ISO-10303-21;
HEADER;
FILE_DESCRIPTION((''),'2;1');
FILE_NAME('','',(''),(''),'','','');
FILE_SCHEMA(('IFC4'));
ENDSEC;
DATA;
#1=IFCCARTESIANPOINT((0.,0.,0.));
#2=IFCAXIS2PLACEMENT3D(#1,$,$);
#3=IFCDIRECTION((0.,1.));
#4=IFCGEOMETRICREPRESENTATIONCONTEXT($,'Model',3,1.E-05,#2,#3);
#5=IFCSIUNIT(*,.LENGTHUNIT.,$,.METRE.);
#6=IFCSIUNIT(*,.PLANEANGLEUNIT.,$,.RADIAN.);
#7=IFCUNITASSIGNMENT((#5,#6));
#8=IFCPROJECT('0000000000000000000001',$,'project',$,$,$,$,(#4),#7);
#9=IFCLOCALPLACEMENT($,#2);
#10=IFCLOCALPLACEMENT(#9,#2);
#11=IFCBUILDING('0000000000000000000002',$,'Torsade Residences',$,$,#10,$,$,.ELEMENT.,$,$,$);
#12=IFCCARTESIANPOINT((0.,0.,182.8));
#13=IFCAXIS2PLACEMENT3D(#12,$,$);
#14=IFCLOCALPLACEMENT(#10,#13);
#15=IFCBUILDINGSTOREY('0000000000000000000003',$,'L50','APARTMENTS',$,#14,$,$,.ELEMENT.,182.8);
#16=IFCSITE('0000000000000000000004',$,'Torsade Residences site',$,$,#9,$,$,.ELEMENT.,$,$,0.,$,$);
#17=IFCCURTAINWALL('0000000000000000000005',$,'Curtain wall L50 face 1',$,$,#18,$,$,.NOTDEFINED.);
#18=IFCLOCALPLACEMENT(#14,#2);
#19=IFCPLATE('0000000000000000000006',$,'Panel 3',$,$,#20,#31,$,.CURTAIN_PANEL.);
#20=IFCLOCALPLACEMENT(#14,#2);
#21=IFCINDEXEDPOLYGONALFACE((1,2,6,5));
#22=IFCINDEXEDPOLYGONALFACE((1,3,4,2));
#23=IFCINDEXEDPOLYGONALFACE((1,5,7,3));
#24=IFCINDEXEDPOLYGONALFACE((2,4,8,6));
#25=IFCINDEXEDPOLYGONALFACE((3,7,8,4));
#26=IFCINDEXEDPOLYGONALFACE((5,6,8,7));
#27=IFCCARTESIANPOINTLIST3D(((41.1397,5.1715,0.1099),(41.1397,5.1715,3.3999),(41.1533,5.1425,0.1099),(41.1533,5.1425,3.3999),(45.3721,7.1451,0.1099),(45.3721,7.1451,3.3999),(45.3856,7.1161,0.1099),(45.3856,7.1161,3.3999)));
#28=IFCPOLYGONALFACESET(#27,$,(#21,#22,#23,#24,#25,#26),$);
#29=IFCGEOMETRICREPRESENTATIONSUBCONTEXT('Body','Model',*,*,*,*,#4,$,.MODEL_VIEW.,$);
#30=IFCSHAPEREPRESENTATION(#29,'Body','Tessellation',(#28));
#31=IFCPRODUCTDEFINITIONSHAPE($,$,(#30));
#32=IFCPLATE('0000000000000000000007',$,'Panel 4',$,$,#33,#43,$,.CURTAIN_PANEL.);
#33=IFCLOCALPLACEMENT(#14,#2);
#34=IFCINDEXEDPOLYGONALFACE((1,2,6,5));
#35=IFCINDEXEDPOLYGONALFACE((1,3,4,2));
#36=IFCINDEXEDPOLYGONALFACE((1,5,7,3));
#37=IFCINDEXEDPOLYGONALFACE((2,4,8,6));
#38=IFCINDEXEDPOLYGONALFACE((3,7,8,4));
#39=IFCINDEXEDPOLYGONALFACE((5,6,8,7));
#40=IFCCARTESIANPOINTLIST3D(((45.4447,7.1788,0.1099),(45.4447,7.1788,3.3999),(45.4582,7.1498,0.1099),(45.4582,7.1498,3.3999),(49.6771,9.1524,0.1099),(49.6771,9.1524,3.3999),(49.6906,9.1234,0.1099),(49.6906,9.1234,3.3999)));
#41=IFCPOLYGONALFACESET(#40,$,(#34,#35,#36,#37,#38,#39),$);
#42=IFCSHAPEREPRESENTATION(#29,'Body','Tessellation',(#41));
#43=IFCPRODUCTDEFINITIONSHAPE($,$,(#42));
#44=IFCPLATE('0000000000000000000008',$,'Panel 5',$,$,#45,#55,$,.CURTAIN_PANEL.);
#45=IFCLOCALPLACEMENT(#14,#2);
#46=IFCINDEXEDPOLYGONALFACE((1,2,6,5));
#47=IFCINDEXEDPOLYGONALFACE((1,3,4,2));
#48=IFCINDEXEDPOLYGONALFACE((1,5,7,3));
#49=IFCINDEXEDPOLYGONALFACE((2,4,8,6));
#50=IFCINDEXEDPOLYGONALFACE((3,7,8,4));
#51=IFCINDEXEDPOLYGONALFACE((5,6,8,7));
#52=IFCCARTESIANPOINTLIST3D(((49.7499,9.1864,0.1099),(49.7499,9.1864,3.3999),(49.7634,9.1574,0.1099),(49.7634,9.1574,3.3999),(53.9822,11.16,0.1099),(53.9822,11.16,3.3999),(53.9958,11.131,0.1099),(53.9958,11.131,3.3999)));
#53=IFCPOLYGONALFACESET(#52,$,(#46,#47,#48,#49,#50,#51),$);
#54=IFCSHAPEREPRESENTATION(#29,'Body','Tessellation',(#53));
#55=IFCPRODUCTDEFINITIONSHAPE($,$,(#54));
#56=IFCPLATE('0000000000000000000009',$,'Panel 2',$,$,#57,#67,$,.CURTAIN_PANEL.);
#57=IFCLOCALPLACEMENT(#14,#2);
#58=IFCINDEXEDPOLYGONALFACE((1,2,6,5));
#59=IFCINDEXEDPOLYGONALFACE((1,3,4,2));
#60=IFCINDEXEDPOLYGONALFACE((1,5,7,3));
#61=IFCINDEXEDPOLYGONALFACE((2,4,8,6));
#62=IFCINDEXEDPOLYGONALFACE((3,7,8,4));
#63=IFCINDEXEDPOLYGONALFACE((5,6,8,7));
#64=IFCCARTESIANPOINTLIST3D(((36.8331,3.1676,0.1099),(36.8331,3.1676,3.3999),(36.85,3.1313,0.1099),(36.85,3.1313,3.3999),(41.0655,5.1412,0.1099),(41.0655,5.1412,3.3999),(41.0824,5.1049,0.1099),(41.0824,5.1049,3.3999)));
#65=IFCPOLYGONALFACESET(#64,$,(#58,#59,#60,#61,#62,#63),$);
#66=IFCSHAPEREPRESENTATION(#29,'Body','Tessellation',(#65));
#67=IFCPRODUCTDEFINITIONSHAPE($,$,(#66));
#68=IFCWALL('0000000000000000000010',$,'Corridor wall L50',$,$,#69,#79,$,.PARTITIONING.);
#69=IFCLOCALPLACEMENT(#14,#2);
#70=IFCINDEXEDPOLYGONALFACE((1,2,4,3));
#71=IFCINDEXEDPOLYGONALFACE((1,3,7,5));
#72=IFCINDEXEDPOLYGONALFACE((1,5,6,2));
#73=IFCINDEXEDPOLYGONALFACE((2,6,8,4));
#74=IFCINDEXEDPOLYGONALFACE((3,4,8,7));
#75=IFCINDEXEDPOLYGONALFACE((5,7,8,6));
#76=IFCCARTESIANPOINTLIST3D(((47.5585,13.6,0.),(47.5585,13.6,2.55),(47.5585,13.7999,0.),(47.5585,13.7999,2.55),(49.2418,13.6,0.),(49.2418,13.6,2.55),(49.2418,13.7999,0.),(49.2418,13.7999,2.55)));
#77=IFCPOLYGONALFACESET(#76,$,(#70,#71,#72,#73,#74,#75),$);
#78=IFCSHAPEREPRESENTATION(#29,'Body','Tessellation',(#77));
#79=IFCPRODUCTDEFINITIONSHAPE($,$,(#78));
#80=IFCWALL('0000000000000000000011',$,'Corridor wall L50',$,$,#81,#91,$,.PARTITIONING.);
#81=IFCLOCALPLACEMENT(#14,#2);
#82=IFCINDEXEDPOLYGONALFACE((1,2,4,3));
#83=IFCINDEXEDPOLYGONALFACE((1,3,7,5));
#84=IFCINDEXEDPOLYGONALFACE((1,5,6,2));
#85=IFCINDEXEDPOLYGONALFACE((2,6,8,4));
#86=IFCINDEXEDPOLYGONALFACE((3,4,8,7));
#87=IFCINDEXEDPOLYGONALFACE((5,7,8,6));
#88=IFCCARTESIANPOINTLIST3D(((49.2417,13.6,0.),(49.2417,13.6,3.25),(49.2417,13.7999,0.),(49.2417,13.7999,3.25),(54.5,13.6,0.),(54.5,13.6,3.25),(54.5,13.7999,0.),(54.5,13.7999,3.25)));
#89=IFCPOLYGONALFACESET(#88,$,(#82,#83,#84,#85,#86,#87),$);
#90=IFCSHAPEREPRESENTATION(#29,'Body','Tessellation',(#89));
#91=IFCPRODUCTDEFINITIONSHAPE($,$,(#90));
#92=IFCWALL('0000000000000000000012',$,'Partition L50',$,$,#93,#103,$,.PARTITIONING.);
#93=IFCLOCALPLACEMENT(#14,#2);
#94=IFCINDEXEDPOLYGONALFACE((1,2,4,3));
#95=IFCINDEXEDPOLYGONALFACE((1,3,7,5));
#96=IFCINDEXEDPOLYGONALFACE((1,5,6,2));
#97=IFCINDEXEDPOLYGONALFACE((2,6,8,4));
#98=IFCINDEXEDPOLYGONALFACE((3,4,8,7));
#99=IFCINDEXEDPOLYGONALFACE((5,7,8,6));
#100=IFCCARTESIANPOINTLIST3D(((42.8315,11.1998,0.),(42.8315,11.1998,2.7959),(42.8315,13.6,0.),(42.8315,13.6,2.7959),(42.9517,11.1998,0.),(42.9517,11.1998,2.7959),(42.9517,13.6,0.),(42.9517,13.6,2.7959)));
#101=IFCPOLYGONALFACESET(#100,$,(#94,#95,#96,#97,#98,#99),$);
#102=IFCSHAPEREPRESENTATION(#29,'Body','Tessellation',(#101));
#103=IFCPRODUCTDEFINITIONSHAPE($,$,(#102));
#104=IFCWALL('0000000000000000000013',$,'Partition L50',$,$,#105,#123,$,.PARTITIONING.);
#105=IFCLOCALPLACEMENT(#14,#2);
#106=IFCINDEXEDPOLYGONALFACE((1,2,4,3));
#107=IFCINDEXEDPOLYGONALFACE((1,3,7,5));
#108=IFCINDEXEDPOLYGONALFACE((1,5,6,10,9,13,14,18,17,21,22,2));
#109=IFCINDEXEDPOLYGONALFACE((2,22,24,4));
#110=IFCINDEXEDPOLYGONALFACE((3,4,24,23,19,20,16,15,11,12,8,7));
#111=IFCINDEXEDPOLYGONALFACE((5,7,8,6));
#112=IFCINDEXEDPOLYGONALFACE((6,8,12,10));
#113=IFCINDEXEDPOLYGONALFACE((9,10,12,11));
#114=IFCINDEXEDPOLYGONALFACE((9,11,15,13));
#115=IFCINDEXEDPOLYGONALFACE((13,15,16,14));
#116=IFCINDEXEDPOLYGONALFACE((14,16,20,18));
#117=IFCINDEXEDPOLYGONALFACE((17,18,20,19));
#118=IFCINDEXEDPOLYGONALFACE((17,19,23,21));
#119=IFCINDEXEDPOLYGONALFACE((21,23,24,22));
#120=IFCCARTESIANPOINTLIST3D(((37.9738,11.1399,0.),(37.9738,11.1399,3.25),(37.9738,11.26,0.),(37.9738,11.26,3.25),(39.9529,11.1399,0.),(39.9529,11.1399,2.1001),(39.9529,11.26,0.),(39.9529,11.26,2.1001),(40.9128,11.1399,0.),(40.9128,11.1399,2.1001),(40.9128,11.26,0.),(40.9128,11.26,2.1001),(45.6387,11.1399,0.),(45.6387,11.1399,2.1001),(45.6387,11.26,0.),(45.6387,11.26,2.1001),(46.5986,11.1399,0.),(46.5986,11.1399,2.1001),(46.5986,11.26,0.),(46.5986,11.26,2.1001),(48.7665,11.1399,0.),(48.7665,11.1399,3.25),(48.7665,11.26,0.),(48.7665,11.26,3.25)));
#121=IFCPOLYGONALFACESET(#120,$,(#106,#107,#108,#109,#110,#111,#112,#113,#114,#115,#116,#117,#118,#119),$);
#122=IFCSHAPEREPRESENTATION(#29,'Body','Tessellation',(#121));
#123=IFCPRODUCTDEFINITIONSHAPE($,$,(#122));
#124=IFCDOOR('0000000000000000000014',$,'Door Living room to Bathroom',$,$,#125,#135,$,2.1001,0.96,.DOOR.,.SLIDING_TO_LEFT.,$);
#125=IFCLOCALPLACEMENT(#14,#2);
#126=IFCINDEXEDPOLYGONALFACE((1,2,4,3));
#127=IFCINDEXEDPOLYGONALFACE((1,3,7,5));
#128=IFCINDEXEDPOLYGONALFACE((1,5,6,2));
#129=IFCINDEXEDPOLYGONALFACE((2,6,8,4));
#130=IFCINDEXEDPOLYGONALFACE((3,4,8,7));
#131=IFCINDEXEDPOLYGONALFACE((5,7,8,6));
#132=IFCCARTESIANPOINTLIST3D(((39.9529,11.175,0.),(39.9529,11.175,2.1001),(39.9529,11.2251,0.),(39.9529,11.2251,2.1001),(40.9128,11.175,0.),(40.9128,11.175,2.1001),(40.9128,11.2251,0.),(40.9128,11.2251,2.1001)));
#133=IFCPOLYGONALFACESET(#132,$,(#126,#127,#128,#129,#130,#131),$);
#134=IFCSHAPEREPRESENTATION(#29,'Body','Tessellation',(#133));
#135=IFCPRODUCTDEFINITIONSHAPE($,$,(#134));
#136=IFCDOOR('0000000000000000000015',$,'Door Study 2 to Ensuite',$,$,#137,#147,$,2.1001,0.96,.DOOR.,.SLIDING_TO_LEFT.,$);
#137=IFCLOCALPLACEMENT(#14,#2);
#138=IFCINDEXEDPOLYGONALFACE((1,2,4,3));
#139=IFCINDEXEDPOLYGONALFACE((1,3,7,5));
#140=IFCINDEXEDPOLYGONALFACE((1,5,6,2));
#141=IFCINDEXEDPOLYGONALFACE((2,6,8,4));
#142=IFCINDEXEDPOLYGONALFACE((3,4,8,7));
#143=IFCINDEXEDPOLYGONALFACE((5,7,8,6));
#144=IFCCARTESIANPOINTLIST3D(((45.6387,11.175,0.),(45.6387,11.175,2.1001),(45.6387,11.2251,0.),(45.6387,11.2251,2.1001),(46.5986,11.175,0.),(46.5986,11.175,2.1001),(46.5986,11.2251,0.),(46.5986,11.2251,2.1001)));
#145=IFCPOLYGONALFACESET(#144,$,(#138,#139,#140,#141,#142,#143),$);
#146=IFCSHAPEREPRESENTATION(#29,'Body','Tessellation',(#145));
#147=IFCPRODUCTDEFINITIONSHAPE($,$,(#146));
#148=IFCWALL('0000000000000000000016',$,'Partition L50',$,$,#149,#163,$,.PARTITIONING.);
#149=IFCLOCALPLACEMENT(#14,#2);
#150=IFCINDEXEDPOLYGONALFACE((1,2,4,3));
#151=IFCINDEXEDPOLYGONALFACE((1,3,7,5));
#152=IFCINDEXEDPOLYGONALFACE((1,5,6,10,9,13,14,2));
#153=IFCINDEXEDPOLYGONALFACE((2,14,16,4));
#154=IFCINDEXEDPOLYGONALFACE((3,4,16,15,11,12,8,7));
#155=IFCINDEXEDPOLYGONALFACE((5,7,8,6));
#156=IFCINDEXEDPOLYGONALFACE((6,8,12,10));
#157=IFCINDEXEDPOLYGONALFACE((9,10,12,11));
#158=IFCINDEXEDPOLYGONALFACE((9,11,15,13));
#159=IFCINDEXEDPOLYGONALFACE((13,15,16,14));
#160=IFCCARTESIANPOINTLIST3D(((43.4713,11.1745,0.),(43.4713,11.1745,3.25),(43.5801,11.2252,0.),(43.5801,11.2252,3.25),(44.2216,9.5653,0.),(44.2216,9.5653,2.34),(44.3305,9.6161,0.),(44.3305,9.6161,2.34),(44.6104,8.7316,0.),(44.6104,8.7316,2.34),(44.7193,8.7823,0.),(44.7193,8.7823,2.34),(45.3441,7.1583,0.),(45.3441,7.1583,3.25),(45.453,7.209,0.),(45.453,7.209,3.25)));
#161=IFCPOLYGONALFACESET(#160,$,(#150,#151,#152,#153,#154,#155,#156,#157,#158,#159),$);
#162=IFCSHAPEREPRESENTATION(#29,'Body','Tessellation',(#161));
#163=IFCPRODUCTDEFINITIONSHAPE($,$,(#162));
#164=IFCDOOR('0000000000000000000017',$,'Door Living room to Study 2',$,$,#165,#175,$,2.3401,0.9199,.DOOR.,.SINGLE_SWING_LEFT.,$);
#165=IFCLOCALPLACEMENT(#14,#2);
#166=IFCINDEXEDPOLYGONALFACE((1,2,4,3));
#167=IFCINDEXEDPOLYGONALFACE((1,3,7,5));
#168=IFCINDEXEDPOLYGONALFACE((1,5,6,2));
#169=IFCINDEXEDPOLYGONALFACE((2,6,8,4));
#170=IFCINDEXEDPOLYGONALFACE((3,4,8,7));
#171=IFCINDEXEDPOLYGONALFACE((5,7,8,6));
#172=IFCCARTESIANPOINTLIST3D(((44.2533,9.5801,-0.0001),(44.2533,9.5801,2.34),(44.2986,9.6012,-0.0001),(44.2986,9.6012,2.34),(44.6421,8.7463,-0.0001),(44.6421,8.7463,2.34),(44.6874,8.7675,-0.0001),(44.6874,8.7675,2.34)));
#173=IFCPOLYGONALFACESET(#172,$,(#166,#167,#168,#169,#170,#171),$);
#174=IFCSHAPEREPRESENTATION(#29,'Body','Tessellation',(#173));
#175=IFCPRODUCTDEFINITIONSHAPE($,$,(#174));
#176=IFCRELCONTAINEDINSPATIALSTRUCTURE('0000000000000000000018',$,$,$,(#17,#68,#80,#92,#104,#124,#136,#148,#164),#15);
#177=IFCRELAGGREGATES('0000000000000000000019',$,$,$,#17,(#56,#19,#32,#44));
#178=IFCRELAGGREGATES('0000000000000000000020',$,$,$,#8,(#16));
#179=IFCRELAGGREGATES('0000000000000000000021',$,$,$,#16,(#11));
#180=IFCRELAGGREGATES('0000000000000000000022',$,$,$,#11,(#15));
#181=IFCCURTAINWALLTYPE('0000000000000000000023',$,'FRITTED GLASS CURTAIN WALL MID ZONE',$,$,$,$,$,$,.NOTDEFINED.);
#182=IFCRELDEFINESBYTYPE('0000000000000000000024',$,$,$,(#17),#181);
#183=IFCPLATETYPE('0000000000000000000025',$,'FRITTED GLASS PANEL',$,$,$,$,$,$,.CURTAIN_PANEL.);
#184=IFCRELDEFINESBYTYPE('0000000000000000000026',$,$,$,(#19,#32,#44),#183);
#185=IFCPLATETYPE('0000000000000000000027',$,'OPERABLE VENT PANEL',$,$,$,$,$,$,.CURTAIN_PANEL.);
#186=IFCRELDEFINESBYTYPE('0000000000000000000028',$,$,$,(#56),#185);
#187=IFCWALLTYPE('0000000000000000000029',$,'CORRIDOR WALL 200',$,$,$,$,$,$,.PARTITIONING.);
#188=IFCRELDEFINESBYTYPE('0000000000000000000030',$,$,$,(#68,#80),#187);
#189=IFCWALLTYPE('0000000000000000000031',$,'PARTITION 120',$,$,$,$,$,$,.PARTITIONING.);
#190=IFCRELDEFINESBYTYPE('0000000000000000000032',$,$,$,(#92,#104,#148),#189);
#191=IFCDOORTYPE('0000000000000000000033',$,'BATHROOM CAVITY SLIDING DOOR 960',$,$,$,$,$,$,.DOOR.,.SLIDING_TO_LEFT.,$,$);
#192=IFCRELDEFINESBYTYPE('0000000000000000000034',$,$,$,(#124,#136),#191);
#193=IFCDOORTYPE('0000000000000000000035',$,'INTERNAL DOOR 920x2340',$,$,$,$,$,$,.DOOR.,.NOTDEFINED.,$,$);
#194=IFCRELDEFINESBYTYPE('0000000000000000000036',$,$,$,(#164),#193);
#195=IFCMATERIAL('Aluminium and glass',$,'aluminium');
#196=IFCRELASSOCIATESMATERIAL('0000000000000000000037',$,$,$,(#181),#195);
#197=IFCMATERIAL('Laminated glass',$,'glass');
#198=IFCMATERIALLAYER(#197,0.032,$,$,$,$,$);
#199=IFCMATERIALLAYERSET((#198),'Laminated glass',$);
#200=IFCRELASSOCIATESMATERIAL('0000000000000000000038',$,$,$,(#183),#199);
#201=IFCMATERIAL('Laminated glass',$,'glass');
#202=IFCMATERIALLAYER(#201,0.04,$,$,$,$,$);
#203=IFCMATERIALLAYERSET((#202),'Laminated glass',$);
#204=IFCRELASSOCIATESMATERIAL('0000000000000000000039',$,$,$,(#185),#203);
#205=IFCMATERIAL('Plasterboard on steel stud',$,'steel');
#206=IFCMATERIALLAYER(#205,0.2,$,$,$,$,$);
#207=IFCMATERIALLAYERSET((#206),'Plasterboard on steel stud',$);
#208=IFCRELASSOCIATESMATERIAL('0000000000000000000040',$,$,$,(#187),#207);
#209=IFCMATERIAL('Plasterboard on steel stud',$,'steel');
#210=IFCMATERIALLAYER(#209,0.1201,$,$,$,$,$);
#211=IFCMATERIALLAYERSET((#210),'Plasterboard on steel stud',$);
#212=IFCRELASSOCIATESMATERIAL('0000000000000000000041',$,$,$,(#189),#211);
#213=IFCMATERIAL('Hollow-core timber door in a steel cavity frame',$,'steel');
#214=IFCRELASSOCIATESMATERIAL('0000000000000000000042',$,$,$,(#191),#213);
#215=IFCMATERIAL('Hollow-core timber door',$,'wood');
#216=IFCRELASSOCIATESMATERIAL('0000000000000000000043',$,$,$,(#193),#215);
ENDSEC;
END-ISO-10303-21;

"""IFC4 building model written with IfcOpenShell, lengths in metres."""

from ifc_helpers import new_model, si_unit, direction, frame, frame_2d, origin, origin_2d, place, context, subcontext, project, spatial, rectangle, extrude, material, layer, layer_set, type_object, element, fill, aggregate, save


model = new_model("IFC4")

# Units and contexts
model_context = context("Model", 3, precision=1e-05, world=origin(), true_north=direction((0.0, 1.0)))
body_context = subcontext(model_context, "Body", "Model", "MODEL_VIEW")
ifc_project = project(units=[si_unit("LENGTHUNIT", "METRE"), si_unit("PLANEANGLEUNIT", "RADIAN")], contexts=[model_context])

# Site, building, storey
site_placement = place(None, origin())
site = spatial("IfcSite", under=ifc_project, at=site_placement, Name="Torsade Residences site", CompositionType="ELEMENT", RefElevation=0.0)
building_placement = place(site_placement, origin())
building = spatial("IfcBuilding", under=site, at=building_placement, Name="Torsade Residences", CompositionType="ELEMENT")
storey_placement = place(building_placement, frame((0.0, 0.0, 182.8)))
storey = spatial("IfcBuildingStorey", under=building, at=storey_placement, Name="L50", Description="APARTMENTS", CompositionType="ELEMENT", Elevation=182.8)

# Curtain wall
ifc_material_1 = material(Name="Aluminium and glass", Category="aluminium")
curtain_wall_type = type_object("IfcCurtainWallType", Name="FRITTED GLASS CURTAIN WALL MID ZONE", PredefinedType="NOTDEFINED", material=ifc_material_1)
curtain_wall_placement = place(storey_placement, origin())
curtain_wall = element("IfcCurtainWall", 1, at=curtain_wall_placement, inside=storey, type_object=curtain_wall_type, Name="Curtain wall L50 face 1", PredefinedType="NOTDEFINED")

# Plates
ifc_material_2 = material(Name="Laminated glass", Category="glass")
ifc_layer_1 = layer(ifc_material_2, 0.032)
ifc_layer_set_1 = layer_set([ifc_layer_1], Name="Laminated glass")
plate_type_1 = type_object("IfcPlateType", Name="FRITTED GLASS PANEL", PredefinedType="CURTAIN_PANEL", material=ifc_layer_set_1)
plate_1_placement = place(storey_placement, frame((43.2627, 6.1438, 0.1099), z_axis=(0.0, 0.0, 1.0), x_axis=(0.906308, 0.422618, 0.0)))
plate_1 = element("IfcPlate", 2, at=plate_1_placement, type_object=plate_type_1, Name="Panel 3", PredefinedType="CURTAIN_PANEL", context=body_context, shape_type="SweptSolid", body=[
    extrude(rectangle(XDim=4.6699, YDim=0.032, at=origin_2d()), origin(), (0.0, 0.0, 1.0), 3.29),
])
plate_2_placement = place(storey_placement, frame((47.5676, 8.1511, 0.1099), z_axis=(0.0, 0.0, 1.0), x_axis=(0.906308, 0.422618, 0.0)))
plate_2 = element("IfcPlate", 3, at=plate_2_placement, type_object=plate_type_1, Name="Panel 4", PredefinedType="CURTAIN_PANEL", context=body_context, shape_type="SweptSolid", body=[
    extrude(rectangle(XDim=4.6699, YDim=0.032, at=origin_2d()), origin(), (0.0, 0.0, 1.0), 3.29),
])
plate_3_placement = place(storey_placement, frame((51.8728, 10.1587, 0.1099), z_axis=(0.0, 0.0, 1.0), x_axis=(0.906308, 0.422618, 0.0)))
plate_3 = element("IfcPlate", 4, at=plate_3_placement, type_object=plate_type_1, Name="Panel 5", PredefinedType="CURTAIN_PANEL", context=body_context, shape_type="SweptSolid", body=[
    extrude(rectangle(XDim=4.6699, YDim=0.032, at=origin_2d()), origin(), (0.0, 0.0, 1.0), 3.29),
])
ifc_material_3 = material(Name="Laminated glass", Category="glass")
ifc_layer_2 = layer(ifc_material_3, 0.04)
ifc_layer_set_2 = layer_set([ifc_layer_2], Name="Laminated glass")
plate_type_2 = type_object("IfcPlateType", Name="OPERABLE VENT PANEL", PredefinedType="CURTAIN_PANEL", material=ifc_layer_set_2)
plate_4_placement = place(storey_placement, frame((38.9578, 4.1362, 0.1099), z_axis=(0.0, 0.0, 1.0), x_axis=(0.906308, 0.422618, 0.0)))
plate_4 = element("IfcPlate", 5, at=plate_4_placement, type_object=plate_type_2, Name="Panel 2", PredefinedType="CURTAIN_PANEL", context=body_context, shape_type="SweptSolid", body=[
    extrude(rectangle(XDim=4.6699, YDim=0.04, at=origin_2d()), origin(), (0.0, 0.0, 1.0), 3.29),
])
aggregate(curtain_wall, [plate_4, plate_1, plate_2, plate_3])

# Walls
ifc_material_4 = material(Name="Plasterboard on steel stud", Category="steel")
ifc_layer_3 = layer(ifc_material_4, 0.2)
ifc_layer_set_3 = layer_set([ifc_layer_3], Name="Plasterboard on steel stud")
wall_type_1 = type_object("IfcWallType", Name="CORRIDOR WALL 200", PredefinedType="PARTITIONING", material=ifc_layer_set_3)
wall_1_placement = place(storey_placement, frame((47.5583, 13.7, 0.0), z_axis=(0.0, 0.0, 1.0), x_axis=(1.0, 0.0, 0.0)))
element("IfcWall", 6, at=wall_1_placement, inside=storey, type_object=wall_type_1, Name="Corridor wall L50", PredefinedType="PARTITIONING", context=body_context, shape_type="SweptSolid", body=[
    extrude(rectangle(XDim=1.6833, YDim=0.2, at=frame_2d((0.8418, 0.0))), origin(), (0.0, 0.0, 1.0), 2.55),
])
wall_2_placement = place(storey_placement, frame((49.2417, 13.7, 0.0), z_axis=(0.0, 0.0, 1.0), x_axis=(1.0, 0.0, 0.0)))
element("IfcWall", 7, at=wall_2_placement, inside=storey, type_object=wall_type_1, Name="Corridor wall L50", PredefinedType="PARTITIONING", context=body_context, shape_type="SweptSolid", body=[
    extrude(rectangle(XDim=5.2583, YDim=0.2, at=frame_2d((2.6292, 0.0))), origin(), (0.0, 0.0, 1.0), 3.25),
])
ifc_material_5 = material(Name="Plasterboard on steel stud", Category="steel")
ifc_layer_4 = layer(ifc_material_5, 0.1201)
ifc_layer_set_4 = layer_set([ifc_layer_4], Name="Plasterboard on steel stud")
wall_type_2 = type_object("IfcWallType", Name="PARTITION 120", PredefinedType="PARTITIONING", material=ifc_layer_set_4)
wall_3_placement = place(storey_placement, frame((42.8916, 13.6001, 0.0), z_axis=(0.0, 0.0, 1.0), x_axis=(0.0, -1.0, 0.0)))
element("IfcWall", 8, at=wall_3_placement, inside=storey, type_object=wall_type_2, Name="Partition L50", PredefinedType="PARTITIONING", context=body_context, shape_type="SweptSolid", body=[
    extrude(rectangle(XDim=2.4001, YDim=0.1201, at=frame_2d((1.2002, 0.0))), origin(), (0.0, 0.0, 1.0), 2.7959),
])

# Wall, openings, doors
wall_4_placement = place(storey_placement, frame((48.7666, 11.2, 0.0), z_axis=(0.0, 0.0, 1.0), x_axis=(-1.0, 0.0, 0.0)))
wall_4 = element("IfcWall", 9, at=wall_4_placement, inside=storey, type_object=wall_type_2, Name="Partition L50", PredefinedType="PARTITIONING", context=body_context, shape_type="SweptSolid", body=[
    extrude(rectangle(XDim=10.7927, YDim=0.1201, at=frame_2d((5.3965, 0.0))), origin(), (0.0, 0.0, 1.0), 3.25),
])
opening_1_placement = place(wall_4_placement, frame((7.8538, 0.0, 0.0)))
opening_1 = element("IfcOpeningElement", 10, at=opening_1_placement, cuts=wall_4, PredefinedType="OPENING", context=body_context, shape_type="SweptSolid", body=[
    extrude(rectangle(XDim=0.96, YDim=2.1001, at=frame_2d((0.48, 1.05))), frame((0.0, 0.0701, 0.0), z_axis=(0.0, -1.0, 0.0), x_axis=(1.0, 0.0, 0.0)), (0.0, 0.0, 1.0), 0.1401),
])
opening_2_placement = place(wall_4_placement, frame((2.168, 0.0, 0.0)))
opening_2 = element("IfcOpeningElement", 11, at=opening_2_placement, cuts=wall_4, PredefinedType="OPENING", context=body_context, shape_type="SweptSolid", body=[
    extrude(rectangle(XDim=0.96, YDim=2.1001, at=frame_2d((0.48, 1.05))), frame((0.0, 0.0701, 0.0), z_axis=(0.0, -1.0, 0.0), x_axis=(1.0, 0.0, 0.0)), (0.0, 0.0, 1.0), 0.1401),
])
ifc_material_6 = material(Name="Hollow-core timber door in a steel cavity frame", Category="steel")
door_type_1 = type_object("IfcDoorType", Name="BATHROOM CAVITY SLIDING DOOR 960", OperationType="SLIDING_TO_LEFT", PredefinedType="DOOR", material=ifc_material_6)
door_1_placement = place(opening_1_placement, origin())
door_1 = element("IfcDoor", 12, at=door_1_placement, inside=storey, type_object=door_type_1, Name="Door Living room to Bathroom", OperationType="SLIDING_TO_LEFT", OverallHeight=2.1001, OverallWidth=0.96, PredefinedType="DOOR", context=body_context, shape_type="SweptSolid", body=[
    extrude(rectangle(XDim=0.96, YDim=2.1001, at=frame_2d((0.48, 1.05))), frame((0.0, 0.0249, 0.0), z_axis=(0.0, -1.0, 0.0), x_axis=(1.0, 0.0, 0.0)), (0.0, 0.0, 1.0), 0.05),
])
fill(opening_1, door_1)
door_2_placement = place(opening_2_placement, origin())
door_2 = element("IfcDoor", 13, at=door_2_placement, inside=storey, type_object=door_type_1, Name="Door Study 2 to Ensuite", OperationType="SLIDING_TO_LEFT", OverallHeight=2.1001, OverallWidth=0.96, PredefinedType="DOOR", context=body_context, shape_type="SweptSolid", body=[
    extrude(rectangle(XDim=0.96, YDim=2.1001, at=frame_2d((0.48, 1.05))), frame((0.0, 0.0249, 0.0), z_axis=(0.0, -1.0, 0.0), x_axis=(1.0, 0.0, 0.0)), (0.0, 0.0, 1.0), 0.05),
])
fill(opening_2, door_2)

# Wall, opening, door
wall_5_placement = place(storey_placement, frame((43.5256, 11.2, 0.0), z_axis=(0.0, 0.0, 1.0), x_axis=(0.422629, -0.906303, 0.0)))
wall_5 = element("IfcWall", 14, at=wall_5_placement, inside=storey, type_object=wall_type_2, Name="Partition L50", PredefinedType="PARTITIONING", context=body_context, shape_type="SweptSolid", body=[
    extrude(rectangle(XDim=4.4314, YDim=0.1201, at=frame_2d((2.2158, 0.0))), origin(), (0.0, 0.0, 1.0), 3.25),
])
opening_3_placement = place(wall_5_placement, frame((1.7756, 0.0, 0.0)))
opening_3 = element("IfcOpeningElement", 15, at=opening_3_placement, cuts=wall_5, PredefinedType="OPENING", context=body_context, shape_type="SweptSolid", body=[
    extrude(rectangle(XDim=0.9199, YDim=2.3401, at=frame_2d((0.46, 1.1699))), frame((0.0, 0.0701, 0.0), z_axis=(0.0, -1.0, 0.0), x_axis=(1.0, 0.0, 0.0)), (0.0, 0.0, 1.0), 0.1401),
])
ifc_material_7 = material(Name="Hollow-core timber door", Category="wood")
door_type_2 = type_object("IfcDoorType", Name="INTERNAL DOOR 920x2340", OperationType="NOTDEFINED", PredefinedType="DOOR", material=ifc_material_7)
door_3_placement = place(opening_3_placement, origin())
door_3 = element("IfcDoor", 16, at=door_3_placement, inside=storey, type_object=door_type_2, Name="Door Living room to Study 2", OperationType="SINGLE_SWING_LEFT", OverallHeight=2.3401, OverallWidth=0.9199, PredefinedType="DOOR", context=body_context, shape_type="SweptSolid", body=[
    extrude(rectangle(XDim=0.9199, YDim=2.3401, at=frame_2d((0.46, 1.1699))), frame((0.0, 0.0249, 0.0), z_axis=(0.0, -1.0, 0.0), x_axis=(1.0, 0.0, 0.0)), (0.0, 0.0, 1.0), 0.05),
])
fill(opening_3, door_3)

save(model, "model.ifc")
